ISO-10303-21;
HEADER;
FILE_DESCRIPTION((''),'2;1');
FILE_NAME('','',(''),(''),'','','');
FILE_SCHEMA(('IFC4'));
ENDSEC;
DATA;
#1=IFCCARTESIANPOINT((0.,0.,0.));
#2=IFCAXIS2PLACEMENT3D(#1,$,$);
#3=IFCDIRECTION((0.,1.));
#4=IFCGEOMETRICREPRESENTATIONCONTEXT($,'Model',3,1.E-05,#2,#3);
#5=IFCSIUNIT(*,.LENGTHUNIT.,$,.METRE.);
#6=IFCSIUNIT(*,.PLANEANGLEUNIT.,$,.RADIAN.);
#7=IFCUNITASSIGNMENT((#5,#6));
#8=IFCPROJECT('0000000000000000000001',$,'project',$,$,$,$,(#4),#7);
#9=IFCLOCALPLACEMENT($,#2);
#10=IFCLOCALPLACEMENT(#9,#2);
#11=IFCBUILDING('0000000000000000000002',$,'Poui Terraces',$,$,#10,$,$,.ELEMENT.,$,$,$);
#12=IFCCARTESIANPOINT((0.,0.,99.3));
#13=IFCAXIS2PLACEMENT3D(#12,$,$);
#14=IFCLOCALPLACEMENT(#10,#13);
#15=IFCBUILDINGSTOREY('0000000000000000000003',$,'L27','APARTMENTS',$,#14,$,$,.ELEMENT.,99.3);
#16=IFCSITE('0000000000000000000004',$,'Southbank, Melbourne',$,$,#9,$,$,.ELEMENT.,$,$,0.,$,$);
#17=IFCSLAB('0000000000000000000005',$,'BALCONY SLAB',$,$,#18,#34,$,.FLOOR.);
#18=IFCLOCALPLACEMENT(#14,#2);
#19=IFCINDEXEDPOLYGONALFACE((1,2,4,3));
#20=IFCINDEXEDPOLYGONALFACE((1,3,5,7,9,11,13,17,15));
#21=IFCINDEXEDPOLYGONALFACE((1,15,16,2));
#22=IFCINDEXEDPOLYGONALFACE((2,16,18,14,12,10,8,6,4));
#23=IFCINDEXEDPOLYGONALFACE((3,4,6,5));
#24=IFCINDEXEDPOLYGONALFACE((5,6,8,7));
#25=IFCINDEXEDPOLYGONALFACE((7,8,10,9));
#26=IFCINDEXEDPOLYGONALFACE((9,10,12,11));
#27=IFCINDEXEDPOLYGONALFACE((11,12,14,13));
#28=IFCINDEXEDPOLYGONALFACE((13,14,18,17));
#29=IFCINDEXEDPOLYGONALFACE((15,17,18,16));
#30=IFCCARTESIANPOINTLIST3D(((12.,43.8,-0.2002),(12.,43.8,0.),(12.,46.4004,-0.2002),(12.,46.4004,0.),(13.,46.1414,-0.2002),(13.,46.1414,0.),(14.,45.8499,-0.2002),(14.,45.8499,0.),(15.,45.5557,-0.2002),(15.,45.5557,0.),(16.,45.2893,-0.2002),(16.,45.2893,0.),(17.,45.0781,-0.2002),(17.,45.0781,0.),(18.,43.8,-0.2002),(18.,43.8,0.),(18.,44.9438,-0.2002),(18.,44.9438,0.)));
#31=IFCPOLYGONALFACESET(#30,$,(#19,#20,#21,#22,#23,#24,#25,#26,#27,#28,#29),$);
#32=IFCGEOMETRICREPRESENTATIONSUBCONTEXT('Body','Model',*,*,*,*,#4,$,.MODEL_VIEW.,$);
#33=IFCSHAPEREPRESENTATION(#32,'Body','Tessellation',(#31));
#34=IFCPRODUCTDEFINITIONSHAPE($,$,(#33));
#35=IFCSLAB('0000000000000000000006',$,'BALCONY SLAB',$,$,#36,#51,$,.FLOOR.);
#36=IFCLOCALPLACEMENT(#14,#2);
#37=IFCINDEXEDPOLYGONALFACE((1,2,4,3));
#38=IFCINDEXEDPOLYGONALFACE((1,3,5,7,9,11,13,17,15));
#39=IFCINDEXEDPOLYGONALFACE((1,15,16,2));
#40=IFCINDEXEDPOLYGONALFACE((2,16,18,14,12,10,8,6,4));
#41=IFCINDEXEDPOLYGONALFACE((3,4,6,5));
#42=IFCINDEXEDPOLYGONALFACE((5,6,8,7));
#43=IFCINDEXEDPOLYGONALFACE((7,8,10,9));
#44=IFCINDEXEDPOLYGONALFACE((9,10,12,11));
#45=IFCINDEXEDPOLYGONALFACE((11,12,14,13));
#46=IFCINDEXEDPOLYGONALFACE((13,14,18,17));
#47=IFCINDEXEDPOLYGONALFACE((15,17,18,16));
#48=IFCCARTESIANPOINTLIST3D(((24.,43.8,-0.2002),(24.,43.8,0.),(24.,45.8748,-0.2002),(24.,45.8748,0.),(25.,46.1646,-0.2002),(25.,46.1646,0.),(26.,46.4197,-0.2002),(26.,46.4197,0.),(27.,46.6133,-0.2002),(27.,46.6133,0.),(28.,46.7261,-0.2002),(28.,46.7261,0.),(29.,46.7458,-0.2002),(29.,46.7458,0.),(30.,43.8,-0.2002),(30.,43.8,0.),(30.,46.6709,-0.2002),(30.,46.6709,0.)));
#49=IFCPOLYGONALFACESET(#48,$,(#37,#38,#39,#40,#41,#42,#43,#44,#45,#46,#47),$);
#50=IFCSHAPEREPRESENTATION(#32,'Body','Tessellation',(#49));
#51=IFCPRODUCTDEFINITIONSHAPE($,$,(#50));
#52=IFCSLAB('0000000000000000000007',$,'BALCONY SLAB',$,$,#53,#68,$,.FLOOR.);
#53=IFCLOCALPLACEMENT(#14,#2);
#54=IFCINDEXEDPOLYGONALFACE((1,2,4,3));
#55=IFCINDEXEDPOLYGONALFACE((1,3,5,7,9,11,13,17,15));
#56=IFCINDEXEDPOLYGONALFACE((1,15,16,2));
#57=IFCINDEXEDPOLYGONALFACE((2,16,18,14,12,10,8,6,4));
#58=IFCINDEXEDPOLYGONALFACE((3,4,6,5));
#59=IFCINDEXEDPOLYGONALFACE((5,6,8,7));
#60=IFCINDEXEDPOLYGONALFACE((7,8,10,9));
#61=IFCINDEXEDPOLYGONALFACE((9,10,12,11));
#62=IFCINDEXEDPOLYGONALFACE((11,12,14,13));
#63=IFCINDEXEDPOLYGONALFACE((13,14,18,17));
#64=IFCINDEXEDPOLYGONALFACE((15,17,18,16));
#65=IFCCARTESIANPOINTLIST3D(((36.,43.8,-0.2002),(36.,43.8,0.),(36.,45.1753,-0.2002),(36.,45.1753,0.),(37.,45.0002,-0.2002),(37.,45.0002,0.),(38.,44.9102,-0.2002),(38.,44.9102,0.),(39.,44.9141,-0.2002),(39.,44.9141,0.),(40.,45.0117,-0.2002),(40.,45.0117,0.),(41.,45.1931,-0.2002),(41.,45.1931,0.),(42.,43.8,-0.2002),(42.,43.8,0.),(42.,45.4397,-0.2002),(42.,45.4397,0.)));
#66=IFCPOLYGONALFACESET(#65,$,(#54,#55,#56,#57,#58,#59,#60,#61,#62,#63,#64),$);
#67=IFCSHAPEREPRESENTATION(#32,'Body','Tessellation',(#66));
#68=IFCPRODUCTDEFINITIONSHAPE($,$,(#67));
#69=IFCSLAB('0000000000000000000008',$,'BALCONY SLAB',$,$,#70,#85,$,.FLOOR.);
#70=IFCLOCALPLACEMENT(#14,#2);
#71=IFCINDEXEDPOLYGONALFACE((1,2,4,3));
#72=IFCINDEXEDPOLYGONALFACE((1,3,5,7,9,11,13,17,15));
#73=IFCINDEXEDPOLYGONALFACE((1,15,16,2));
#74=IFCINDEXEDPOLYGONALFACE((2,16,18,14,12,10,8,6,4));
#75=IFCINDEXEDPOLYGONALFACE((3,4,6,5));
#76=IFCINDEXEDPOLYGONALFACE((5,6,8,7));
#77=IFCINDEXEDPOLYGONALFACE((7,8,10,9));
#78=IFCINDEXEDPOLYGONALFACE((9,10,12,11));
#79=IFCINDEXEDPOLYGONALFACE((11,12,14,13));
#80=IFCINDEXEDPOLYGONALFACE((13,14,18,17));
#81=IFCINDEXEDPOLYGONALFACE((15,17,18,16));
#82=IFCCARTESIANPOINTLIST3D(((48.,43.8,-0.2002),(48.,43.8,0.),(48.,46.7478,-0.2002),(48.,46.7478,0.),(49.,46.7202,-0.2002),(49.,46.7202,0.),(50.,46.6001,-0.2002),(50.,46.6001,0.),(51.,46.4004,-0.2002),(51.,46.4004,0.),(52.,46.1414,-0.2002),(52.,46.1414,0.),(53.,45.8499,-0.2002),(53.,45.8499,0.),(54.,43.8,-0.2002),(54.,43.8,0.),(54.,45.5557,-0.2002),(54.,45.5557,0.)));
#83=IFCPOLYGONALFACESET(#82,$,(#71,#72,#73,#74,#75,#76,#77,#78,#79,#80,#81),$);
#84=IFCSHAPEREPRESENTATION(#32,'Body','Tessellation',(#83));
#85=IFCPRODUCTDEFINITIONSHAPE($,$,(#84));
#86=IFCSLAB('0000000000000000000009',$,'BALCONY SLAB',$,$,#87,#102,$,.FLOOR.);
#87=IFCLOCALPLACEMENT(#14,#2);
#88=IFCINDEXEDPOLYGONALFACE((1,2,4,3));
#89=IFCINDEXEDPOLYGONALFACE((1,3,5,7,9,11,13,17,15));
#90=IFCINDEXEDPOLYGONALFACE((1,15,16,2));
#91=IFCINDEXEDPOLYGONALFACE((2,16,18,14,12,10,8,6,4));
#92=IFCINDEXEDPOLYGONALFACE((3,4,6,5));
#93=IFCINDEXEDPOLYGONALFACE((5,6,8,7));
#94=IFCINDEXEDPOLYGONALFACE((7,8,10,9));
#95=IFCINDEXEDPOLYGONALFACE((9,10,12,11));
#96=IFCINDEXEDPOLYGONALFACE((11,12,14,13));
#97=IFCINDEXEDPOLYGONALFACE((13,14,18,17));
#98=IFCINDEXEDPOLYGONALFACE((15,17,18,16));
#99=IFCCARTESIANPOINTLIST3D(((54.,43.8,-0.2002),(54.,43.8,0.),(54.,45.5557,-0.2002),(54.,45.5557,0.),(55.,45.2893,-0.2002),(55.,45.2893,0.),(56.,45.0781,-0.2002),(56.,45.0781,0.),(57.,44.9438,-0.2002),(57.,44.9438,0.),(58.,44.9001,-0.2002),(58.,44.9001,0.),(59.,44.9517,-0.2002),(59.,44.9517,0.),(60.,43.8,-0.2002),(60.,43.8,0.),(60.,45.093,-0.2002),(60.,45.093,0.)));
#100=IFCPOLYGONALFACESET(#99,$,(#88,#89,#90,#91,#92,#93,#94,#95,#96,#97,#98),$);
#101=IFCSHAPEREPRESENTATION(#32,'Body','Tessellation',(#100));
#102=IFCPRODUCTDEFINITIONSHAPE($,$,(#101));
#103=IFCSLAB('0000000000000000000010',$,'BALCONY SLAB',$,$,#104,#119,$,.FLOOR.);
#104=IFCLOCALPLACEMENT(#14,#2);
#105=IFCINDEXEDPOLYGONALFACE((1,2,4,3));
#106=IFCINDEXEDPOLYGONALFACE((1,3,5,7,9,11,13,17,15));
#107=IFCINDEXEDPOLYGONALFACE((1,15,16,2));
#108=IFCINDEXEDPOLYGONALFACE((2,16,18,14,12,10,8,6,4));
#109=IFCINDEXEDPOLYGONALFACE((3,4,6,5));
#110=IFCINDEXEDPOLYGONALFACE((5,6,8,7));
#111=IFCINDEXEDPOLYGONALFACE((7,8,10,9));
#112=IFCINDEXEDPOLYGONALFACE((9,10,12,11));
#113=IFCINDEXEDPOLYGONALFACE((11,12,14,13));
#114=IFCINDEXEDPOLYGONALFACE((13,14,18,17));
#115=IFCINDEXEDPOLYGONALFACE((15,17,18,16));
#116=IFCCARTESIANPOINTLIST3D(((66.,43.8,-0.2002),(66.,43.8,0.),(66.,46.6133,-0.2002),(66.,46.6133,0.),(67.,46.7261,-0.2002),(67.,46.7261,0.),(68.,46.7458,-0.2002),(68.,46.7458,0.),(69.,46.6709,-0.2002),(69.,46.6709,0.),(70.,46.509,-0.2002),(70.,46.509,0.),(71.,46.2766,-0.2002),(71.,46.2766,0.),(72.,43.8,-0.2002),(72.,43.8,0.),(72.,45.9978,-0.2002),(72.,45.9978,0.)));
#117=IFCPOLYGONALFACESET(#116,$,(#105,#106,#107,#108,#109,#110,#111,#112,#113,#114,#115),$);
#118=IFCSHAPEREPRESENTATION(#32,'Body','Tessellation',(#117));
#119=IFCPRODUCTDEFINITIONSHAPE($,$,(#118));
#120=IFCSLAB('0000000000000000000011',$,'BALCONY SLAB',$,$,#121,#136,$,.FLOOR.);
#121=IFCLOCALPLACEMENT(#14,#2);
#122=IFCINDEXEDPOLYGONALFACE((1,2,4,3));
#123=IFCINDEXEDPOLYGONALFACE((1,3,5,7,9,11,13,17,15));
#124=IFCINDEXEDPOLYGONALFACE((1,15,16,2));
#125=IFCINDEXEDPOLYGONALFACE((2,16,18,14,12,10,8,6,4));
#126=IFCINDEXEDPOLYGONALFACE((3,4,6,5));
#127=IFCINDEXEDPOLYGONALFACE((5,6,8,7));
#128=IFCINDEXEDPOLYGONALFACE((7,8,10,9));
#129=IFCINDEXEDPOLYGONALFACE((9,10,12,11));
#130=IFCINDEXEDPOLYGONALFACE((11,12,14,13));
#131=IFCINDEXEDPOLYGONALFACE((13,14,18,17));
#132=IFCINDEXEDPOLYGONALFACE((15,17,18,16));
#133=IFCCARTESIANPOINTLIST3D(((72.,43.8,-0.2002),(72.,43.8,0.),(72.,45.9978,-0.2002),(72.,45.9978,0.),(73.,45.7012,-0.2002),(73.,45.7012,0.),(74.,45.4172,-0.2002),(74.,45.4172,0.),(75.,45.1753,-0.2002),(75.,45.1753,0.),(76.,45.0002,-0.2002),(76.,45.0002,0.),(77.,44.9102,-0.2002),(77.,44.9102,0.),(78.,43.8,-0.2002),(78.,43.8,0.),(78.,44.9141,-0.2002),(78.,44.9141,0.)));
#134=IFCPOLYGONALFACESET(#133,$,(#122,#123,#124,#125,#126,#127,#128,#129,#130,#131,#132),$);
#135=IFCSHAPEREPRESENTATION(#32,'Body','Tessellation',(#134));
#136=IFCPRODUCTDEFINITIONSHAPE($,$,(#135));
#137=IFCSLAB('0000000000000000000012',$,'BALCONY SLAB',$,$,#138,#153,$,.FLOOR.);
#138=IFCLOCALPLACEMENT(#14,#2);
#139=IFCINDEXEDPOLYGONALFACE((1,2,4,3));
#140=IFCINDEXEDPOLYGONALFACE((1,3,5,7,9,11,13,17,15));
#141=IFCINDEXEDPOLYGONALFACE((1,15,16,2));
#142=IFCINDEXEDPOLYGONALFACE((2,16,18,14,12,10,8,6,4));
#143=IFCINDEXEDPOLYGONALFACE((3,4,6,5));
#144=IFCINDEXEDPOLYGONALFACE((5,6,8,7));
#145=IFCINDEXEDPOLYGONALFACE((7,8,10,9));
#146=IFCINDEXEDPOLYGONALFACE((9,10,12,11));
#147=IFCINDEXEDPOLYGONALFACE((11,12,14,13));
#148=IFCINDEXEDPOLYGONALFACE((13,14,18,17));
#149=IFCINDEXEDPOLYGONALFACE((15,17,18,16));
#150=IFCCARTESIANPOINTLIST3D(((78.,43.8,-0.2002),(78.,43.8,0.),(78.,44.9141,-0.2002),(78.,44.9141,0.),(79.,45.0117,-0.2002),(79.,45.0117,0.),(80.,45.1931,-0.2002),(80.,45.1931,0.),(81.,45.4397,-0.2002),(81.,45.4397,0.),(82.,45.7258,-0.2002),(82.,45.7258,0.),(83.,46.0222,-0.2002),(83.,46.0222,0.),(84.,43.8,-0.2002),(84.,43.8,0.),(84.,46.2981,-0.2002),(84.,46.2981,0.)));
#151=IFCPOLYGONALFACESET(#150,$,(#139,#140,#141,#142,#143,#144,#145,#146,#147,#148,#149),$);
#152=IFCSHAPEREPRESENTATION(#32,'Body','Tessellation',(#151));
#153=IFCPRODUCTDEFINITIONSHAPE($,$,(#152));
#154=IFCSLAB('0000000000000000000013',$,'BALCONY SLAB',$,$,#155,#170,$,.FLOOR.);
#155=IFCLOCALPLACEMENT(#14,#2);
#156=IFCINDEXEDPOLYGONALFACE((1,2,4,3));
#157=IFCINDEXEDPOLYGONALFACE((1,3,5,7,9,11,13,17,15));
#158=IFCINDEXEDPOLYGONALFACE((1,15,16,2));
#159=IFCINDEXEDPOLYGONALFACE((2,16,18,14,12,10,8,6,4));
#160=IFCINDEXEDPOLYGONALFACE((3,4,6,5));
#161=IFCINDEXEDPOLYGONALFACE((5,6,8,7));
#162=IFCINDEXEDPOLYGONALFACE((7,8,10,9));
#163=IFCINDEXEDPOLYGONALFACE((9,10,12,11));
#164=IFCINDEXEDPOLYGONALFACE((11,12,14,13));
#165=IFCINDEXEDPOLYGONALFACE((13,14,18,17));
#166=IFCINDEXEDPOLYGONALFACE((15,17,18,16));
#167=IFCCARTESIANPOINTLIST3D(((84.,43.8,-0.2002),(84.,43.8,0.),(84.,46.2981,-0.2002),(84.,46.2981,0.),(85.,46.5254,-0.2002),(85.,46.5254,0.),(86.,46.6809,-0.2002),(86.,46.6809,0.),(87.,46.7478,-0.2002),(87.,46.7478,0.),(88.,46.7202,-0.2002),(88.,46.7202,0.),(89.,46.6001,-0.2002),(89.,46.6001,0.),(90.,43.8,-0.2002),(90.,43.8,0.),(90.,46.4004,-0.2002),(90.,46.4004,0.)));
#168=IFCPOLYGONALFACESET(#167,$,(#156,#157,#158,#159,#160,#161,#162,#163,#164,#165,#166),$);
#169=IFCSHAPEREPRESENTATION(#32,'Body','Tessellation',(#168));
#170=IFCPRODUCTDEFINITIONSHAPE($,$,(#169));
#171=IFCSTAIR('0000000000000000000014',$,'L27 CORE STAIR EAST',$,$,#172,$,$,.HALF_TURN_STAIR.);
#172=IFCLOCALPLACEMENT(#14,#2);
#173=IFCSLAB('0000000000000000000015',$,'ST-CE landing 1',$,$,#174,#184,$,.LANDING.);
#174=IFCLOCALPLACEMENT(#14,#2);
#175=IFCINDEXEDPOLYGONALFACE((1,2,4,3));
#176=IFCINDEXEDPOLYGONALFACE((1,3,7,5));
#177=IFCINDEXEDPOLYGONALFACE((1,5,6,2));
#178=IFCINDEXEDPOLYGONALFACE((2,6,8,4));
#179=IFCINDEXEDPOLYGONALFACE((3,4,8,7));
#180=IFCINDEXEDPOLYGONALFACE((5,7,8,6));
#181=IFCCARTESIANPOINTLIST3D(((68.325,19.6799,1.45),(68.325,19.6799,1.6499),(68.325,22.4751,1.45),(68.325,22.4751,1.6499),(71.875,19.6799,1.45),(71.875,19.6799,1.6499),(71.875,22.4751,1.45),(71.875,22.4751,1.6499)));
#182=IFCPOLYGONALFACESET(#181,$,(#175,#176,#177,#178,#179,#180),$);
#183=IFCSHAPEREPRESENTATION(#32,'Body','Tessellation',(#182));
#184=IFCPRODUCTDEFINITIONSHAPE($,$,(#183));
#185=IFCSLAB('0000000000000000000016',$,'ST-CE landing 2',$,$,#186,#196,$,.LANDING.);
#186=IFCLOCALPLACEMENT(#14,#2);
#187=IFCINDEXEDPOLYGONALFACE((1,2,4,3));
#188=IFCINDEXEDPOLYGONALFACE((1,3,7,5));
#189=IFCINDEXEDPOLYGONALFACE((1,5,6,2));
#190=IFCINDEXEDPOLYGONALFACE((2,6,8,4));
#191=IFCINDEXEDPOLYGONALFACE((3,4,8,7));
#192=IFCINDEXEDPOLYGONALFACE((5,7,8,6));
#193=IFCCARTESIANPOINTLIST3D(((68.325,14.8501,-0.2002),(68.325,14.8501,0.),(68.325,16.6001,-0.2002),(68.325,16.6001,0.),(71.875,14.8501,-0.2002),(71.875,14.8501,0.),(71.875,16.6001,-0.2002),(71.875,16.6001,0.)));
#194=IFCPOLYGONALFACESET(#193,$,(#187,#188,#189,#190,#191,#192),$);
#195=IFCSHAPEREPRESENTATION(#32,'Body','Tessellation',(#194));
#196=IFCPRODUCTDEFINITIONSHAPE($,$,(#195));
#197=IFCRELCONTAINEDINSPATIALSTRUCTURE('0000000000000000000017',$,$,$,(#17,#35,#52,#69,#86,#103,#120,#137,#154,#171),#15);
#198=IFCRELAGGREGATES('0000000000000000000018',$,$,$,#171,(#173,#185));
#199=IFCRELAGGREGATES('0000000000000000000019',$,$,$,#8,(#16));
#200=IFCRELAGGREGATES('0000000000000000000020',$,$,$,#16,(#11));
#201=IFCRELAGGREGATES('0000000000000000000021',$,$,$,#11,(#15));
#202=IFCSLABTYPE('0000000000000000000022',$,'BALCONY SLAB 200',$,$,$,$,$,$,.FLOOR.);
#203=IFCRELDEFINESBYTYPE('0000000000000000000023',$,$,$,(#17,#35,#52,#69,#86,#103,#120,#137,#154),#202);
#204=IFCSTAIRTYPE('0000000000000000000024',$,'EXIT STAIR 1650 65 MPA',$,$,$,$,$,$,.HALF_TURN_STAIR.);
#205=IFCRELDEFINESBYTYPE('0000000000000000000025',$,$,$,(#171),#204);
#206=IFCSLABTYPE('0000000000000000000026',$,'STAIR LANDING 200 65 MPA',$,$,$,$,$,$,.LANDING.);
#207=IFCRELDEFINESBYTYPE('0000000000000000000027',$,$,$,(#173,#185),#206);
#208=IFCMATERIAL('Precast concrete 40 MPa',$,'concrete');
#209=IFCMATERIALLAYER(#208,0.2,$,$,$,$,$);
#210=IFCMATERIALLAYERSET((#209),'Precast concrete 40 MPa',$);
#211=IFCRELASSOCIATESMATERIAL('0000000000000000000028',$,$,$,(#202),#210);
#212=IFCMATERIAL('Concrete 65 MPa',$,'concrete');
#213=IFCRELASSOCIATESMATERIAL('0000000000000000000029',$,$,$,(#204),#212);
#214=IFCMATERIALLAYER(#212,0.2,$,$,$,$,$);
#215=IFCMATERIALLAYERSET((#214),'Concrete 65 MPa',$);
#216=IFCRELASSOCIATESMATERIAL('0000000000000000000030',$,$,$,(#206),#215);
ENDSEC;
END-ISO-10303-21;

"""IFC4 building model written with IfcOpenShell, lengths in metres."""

from ifc_helpers import new_model, si_unit, direction, frame, origin, place, context, subcontext, project, spatial, polyline, outline, extrude, material, layer, layer_set, type_object, element, aggregate, save


model = new_model("IFC4")

# Units and contexts
model_context = context("Model", 3, precision=1e-05, world=origin(), true_north=direction((0.0, 1.0)))
body_context = subcontext(model_context, "Body", "Model", "MODEL_VIEW")
ifc_project = project(units=[si_unit("LENGTHUNIT", "METRE"), si_unit("PLANEANGLEUNIT", "RADIAN")], contexts=[model_context])

# Site, building, storey
site_placement = place(None, origin())
site = spatial("IfcSite", under=ifc_project, at=site_placement, Name="Southbank, Melbourne", CompositionType="ELEMENT", RefElevation=0.0)
building_placement = place(site_placement, origin())
building = spatial("IfcBuilding", under=site, at=building_placement, Name="Poui Terraces", CompositionType="ELEMENT")
storey_placement = place(building_placement, frame((0.0, 0.0, 99.3)))
storey = spatial("IfcBuildingStorey", under=building, at=storey_placement, Name="L27", Description="APARTMENTS", CompositionType="ELEMENT", Elevation=99.3)

# Slabs
ifc_material_1 = material(Name="Precast concrete 40 MPa", Category="concrete")
ifc_layer_1 = layer(ifc_material_1, 0.2)
ifc_layer_set_1 = layer_set([ifc_layer_1], Name="Precast concrete 40 MPa")
slab_type_1 = type_object("IfcSlabType", Name="BALCONY SLAB 200", PredefinedType="FLOOR", material=ifc_layer_set_1)
slab_1_placement = place(storey_placement, frame((0.0, 0.0, -0.2002)))
element("IfcSlab", 1, at=slab_1_placement, inside=storey, type_object=slab_type_1, Name="BALCONY SLAB", PredefinedType="FLOOR", context=body_context, shape_type="SweptSolid", body=[
    extrude(outline(polyline([(12.0, 43.8), (18.0, 43.8), (18.0, 44.9438), (17.0, 45.0781), (16.0, 45.2893), (15.0, 45.5557), (14.0, 45.8499), (13.0, 46.1414), (12.0, 46.4004), (12.0, 43.8)])), origin(), (0.0, 0.0, 1.0), 0.2002),
])
slab_2_placement = place(storey_placement, frame((0.0, 0.0, -0.2002)))
element("IfcSlab", 2, at=slab_2_placement, inside=storey, type_object=slab_type_1, Name="BALCONY SLAB", PredefinedType="FLOOR", context=body_context, shape_type="SweptSolid", body=[
    extrude(outline(polyline([(24.0, 43.8), (30.0, 43.8), (30.0, 46.6709), (29.0, 46.7458), (28.0, 46.7261), (27.0, 46.6133), (26.0, 46.4197), (25.0, 46.1646), (24.0, 45.8748), (24.0, 43.8)])), origin(), (0.0, 0.0, 1.0), 0.2002),
])
slab_3_placement = place(storey_placement, frame((0.0, 0.0, -0.2002)))
element("IfcSlab", 3, at=slab_3_placement, inside=storey, type_object=slab_type_1, Name="BALCONY SLAB", PredefinedType="FLOOR", context=body_context, shape_type="SweptSolid", body=[
    extrude(outline(polyline([(36.0, 43.8), (42.0, 43.8), (42.0, 45.4397), (41.0, 45.1931), (40.0, 45.0117), (39.0, 44.9141), (38.0, 44.9102), (37.0, 45.0002), (36.0, 45.1753), (36.0, 43.8)])), origin(), (0.0, 0.0, 1.0), 0.2002),
])
slab_4_placement = place(storey_placement, frame((0.0, 0.0, -0.2002)))
element("IfcSlab", 4, at=slab_4_placement, inside=storey, type_object=slab_type_1, Name="BALCONY SLAB", PredefinedType="FLOOR", context=body_context, shape_type="SweptSolid", body=[
    extrude(outline(polyline([(48.0, 43.8), (54.0, 43.8), (54.0, 45.5557), (53.0, 45.8499), (52.0, 46.1414), (51.0, 46.4004), (50.0, 46.6001), (49.0, 46.7202), (48.0, 46.7478), (48.0, 43.8)])), origin(), (0.0, 0.0, 1.0), 0.2002),
])
slab_5_placement = place(storey_placement, frame((0.0, 0.0, -0.2002)))
element("IfcSlab", 5, at=slab_5_placement, inside=storey, type_object=slab_type_1, Name="BALCONY SLAB", PredefinedType="FLOOR", context=body_context, shape_type="SweptSolid", body=[
    extrude(outline(polyline([(54.0, 43.8), (60.0, 43.8), (60.0, 45.093), (59.0, 44.9517), (58.0, 44.9001), (57.0, 44.9438), (56.0, 45.0781), (55.0, 45.2893), (54.0, 45.5557), (54.0, 43.8)])), origin(), (0.0, 0.0, 1.0), 0.2002),
])
slab_6_placement = place(storey_placement, frame((0.0, 0.0, -0.2002)))
element("IfcSlab", 6, at=slab_6_placement, inside=storey, type_object=slab_type_1, Name="BALCONY SLAB", PredefinedType="FLOOR", context=body_context, shape_type="SweptSolid", body=[
    extrude(outline(polyline([(66.0, 43.8), (72.0, 43.8), (72.0, 45.9978), (71.0, 46.2766), (70.0, 46.509), (69.0, 46.6709), (68.0, 46.7458), (67.0, 46.7261), (66.0, 46.6133), (66.0, 43.8)])), origin(), (0.0, 0.0, 1.0), 0.2002),
])
slab_7_placement = place(storey_placement, frame((0.0, 0.0, -0.2002)))
element("IfcSlab", 7, at=slab_7_placement, inside=storey, type_object=slab_type_1, Name="BALCONY SLAB", PredefinedType="FLOOR", context=body_context, shape_type="SweptSolid", body=[
    extrude(outline(polyline([(72.0, 43.8), (78.0, 43.8), (78.0, 44.9141), (77.0, 44.9102), (76.0, 45.0002), (75.0, 45.1753), (74.0, 45.4172), (73.0, 45.7012), (72.0, 45.9978), (72.0, 43.8)])), origin(), (0.0, 0.0, 1.0), 0.2002),
])
slab_8_placement = place(storey_placement, frame((0.0, 0.0, -0.2002)))
element("IfcSlab", 8, at=slab_8_placement, inside=storey, type_object=slab_type_1, Name="BALCONY SLAB", PredefinedType="FLOOR", context=body_context, shape_type="SweptSolid", body=[
    extrude(outline(polyline([(78.0, 43.8), (84.0, 43.8), (84.0, 46.2981), (83.0, 46.0222), (82.0, 45.7258), (81.0, 45.4397), (80.0, 45.1931), (79.0, 45.0117), (78.0, 44.9141), (78.0, 43.8)])), origin(), (0.0, 0.0, 1.0), 0.2002),
])
slab_9_placement = place(storey_placement, frame((0.0, 0.0, -0.2002)))
element("IfcSlab", 9, at=slab_9_placement, inside=storey, type_object=slab_type_1, Name="BALCONY SLAB", PredefinedType="FLOOR", context=body_context, shape_type="SweptSolid", body=[
    extrude(outline(polyline([(84.0, 43.8), (90.0, 43.8), (90.0, 46.4004), (89.0, 46.6001), (88.0, 46.7202), (87.0, 46.7478), (86.0, 46.6809), (85.0, 46.5254), (84.0, 46.2981), (84.0, 43.8)])), origin(), (0.0, 0.0, 1.0), 0.2002),
])

# Stair, slabs
ifc_material_2 = material(Name="Concrete 65 MPa", Category="concrete")
stair_type = type_object("IfcStairType", Name="EXIT STAIR 1650 65 MPA", PredefinedType="HALF_TURN_STAIR", material=ifc_material_2)
stair_placement = place(storey_placement, origin())
stair = element("IfcStair", 10, at=stair_placement, inside=storey, type_object=stair_type, Name="L27 CORE STAIR EAST", PredefinedType="HALF_TURN_STAIR")
ifc_layer_2 = layer(ifc_material_2, 0.2)
ifc_layer_set_2 = layer_set([ifc_layer_2], Name="Concrete 65 MPa")
slab_type_2 = type_object("IfcSlabType", Name="STAIR LANDING 200 65 MPA", PredefinedType="LANDING", material=ifc_layer_set_2)
slab_10_placement = place(storey_placement, frame((0.0, 0.0, 1.45)))
slab_10 = element("IfcSlab", 11, at=slab_10_placement, type_object=slab_type_2, Name="ST-CE landing 1", PredefinedType="LANDING", context=body_context, shape_type="SweptSolid", body=[
    extrude(outline(polyline([(68.325, 19.6799), (71.875, 19.6799), (71.875, 22.4751), (68.325, 22.4751), (68.325, 19.6799)])), origin(), (0.0, 0.0, 1.0), 0.2),
])
slab_11_placement = place(storey_placement, frame((0.0, 0.0, -0.2002)))
slab_11 = element("IfcSlab", 12, at=slab_11_placement, type_object=slab_type_2, Name="ST-CE landing 2", PredefinedType="LANDING", context=body_context, shape_type="SweptSolid", body=[
    extrude(outline(polyline([(68.325, 14.8501), (71.875, 14.8501), (71.875, 16.6001), (68.325, 16.6001), (68.325, 14.8501)])), origin(), (0.0, 0.0, 1.0), 0.2002),
])
aggregate(stair, [slab_10, slab_11])

save(model, "model.ifc")
